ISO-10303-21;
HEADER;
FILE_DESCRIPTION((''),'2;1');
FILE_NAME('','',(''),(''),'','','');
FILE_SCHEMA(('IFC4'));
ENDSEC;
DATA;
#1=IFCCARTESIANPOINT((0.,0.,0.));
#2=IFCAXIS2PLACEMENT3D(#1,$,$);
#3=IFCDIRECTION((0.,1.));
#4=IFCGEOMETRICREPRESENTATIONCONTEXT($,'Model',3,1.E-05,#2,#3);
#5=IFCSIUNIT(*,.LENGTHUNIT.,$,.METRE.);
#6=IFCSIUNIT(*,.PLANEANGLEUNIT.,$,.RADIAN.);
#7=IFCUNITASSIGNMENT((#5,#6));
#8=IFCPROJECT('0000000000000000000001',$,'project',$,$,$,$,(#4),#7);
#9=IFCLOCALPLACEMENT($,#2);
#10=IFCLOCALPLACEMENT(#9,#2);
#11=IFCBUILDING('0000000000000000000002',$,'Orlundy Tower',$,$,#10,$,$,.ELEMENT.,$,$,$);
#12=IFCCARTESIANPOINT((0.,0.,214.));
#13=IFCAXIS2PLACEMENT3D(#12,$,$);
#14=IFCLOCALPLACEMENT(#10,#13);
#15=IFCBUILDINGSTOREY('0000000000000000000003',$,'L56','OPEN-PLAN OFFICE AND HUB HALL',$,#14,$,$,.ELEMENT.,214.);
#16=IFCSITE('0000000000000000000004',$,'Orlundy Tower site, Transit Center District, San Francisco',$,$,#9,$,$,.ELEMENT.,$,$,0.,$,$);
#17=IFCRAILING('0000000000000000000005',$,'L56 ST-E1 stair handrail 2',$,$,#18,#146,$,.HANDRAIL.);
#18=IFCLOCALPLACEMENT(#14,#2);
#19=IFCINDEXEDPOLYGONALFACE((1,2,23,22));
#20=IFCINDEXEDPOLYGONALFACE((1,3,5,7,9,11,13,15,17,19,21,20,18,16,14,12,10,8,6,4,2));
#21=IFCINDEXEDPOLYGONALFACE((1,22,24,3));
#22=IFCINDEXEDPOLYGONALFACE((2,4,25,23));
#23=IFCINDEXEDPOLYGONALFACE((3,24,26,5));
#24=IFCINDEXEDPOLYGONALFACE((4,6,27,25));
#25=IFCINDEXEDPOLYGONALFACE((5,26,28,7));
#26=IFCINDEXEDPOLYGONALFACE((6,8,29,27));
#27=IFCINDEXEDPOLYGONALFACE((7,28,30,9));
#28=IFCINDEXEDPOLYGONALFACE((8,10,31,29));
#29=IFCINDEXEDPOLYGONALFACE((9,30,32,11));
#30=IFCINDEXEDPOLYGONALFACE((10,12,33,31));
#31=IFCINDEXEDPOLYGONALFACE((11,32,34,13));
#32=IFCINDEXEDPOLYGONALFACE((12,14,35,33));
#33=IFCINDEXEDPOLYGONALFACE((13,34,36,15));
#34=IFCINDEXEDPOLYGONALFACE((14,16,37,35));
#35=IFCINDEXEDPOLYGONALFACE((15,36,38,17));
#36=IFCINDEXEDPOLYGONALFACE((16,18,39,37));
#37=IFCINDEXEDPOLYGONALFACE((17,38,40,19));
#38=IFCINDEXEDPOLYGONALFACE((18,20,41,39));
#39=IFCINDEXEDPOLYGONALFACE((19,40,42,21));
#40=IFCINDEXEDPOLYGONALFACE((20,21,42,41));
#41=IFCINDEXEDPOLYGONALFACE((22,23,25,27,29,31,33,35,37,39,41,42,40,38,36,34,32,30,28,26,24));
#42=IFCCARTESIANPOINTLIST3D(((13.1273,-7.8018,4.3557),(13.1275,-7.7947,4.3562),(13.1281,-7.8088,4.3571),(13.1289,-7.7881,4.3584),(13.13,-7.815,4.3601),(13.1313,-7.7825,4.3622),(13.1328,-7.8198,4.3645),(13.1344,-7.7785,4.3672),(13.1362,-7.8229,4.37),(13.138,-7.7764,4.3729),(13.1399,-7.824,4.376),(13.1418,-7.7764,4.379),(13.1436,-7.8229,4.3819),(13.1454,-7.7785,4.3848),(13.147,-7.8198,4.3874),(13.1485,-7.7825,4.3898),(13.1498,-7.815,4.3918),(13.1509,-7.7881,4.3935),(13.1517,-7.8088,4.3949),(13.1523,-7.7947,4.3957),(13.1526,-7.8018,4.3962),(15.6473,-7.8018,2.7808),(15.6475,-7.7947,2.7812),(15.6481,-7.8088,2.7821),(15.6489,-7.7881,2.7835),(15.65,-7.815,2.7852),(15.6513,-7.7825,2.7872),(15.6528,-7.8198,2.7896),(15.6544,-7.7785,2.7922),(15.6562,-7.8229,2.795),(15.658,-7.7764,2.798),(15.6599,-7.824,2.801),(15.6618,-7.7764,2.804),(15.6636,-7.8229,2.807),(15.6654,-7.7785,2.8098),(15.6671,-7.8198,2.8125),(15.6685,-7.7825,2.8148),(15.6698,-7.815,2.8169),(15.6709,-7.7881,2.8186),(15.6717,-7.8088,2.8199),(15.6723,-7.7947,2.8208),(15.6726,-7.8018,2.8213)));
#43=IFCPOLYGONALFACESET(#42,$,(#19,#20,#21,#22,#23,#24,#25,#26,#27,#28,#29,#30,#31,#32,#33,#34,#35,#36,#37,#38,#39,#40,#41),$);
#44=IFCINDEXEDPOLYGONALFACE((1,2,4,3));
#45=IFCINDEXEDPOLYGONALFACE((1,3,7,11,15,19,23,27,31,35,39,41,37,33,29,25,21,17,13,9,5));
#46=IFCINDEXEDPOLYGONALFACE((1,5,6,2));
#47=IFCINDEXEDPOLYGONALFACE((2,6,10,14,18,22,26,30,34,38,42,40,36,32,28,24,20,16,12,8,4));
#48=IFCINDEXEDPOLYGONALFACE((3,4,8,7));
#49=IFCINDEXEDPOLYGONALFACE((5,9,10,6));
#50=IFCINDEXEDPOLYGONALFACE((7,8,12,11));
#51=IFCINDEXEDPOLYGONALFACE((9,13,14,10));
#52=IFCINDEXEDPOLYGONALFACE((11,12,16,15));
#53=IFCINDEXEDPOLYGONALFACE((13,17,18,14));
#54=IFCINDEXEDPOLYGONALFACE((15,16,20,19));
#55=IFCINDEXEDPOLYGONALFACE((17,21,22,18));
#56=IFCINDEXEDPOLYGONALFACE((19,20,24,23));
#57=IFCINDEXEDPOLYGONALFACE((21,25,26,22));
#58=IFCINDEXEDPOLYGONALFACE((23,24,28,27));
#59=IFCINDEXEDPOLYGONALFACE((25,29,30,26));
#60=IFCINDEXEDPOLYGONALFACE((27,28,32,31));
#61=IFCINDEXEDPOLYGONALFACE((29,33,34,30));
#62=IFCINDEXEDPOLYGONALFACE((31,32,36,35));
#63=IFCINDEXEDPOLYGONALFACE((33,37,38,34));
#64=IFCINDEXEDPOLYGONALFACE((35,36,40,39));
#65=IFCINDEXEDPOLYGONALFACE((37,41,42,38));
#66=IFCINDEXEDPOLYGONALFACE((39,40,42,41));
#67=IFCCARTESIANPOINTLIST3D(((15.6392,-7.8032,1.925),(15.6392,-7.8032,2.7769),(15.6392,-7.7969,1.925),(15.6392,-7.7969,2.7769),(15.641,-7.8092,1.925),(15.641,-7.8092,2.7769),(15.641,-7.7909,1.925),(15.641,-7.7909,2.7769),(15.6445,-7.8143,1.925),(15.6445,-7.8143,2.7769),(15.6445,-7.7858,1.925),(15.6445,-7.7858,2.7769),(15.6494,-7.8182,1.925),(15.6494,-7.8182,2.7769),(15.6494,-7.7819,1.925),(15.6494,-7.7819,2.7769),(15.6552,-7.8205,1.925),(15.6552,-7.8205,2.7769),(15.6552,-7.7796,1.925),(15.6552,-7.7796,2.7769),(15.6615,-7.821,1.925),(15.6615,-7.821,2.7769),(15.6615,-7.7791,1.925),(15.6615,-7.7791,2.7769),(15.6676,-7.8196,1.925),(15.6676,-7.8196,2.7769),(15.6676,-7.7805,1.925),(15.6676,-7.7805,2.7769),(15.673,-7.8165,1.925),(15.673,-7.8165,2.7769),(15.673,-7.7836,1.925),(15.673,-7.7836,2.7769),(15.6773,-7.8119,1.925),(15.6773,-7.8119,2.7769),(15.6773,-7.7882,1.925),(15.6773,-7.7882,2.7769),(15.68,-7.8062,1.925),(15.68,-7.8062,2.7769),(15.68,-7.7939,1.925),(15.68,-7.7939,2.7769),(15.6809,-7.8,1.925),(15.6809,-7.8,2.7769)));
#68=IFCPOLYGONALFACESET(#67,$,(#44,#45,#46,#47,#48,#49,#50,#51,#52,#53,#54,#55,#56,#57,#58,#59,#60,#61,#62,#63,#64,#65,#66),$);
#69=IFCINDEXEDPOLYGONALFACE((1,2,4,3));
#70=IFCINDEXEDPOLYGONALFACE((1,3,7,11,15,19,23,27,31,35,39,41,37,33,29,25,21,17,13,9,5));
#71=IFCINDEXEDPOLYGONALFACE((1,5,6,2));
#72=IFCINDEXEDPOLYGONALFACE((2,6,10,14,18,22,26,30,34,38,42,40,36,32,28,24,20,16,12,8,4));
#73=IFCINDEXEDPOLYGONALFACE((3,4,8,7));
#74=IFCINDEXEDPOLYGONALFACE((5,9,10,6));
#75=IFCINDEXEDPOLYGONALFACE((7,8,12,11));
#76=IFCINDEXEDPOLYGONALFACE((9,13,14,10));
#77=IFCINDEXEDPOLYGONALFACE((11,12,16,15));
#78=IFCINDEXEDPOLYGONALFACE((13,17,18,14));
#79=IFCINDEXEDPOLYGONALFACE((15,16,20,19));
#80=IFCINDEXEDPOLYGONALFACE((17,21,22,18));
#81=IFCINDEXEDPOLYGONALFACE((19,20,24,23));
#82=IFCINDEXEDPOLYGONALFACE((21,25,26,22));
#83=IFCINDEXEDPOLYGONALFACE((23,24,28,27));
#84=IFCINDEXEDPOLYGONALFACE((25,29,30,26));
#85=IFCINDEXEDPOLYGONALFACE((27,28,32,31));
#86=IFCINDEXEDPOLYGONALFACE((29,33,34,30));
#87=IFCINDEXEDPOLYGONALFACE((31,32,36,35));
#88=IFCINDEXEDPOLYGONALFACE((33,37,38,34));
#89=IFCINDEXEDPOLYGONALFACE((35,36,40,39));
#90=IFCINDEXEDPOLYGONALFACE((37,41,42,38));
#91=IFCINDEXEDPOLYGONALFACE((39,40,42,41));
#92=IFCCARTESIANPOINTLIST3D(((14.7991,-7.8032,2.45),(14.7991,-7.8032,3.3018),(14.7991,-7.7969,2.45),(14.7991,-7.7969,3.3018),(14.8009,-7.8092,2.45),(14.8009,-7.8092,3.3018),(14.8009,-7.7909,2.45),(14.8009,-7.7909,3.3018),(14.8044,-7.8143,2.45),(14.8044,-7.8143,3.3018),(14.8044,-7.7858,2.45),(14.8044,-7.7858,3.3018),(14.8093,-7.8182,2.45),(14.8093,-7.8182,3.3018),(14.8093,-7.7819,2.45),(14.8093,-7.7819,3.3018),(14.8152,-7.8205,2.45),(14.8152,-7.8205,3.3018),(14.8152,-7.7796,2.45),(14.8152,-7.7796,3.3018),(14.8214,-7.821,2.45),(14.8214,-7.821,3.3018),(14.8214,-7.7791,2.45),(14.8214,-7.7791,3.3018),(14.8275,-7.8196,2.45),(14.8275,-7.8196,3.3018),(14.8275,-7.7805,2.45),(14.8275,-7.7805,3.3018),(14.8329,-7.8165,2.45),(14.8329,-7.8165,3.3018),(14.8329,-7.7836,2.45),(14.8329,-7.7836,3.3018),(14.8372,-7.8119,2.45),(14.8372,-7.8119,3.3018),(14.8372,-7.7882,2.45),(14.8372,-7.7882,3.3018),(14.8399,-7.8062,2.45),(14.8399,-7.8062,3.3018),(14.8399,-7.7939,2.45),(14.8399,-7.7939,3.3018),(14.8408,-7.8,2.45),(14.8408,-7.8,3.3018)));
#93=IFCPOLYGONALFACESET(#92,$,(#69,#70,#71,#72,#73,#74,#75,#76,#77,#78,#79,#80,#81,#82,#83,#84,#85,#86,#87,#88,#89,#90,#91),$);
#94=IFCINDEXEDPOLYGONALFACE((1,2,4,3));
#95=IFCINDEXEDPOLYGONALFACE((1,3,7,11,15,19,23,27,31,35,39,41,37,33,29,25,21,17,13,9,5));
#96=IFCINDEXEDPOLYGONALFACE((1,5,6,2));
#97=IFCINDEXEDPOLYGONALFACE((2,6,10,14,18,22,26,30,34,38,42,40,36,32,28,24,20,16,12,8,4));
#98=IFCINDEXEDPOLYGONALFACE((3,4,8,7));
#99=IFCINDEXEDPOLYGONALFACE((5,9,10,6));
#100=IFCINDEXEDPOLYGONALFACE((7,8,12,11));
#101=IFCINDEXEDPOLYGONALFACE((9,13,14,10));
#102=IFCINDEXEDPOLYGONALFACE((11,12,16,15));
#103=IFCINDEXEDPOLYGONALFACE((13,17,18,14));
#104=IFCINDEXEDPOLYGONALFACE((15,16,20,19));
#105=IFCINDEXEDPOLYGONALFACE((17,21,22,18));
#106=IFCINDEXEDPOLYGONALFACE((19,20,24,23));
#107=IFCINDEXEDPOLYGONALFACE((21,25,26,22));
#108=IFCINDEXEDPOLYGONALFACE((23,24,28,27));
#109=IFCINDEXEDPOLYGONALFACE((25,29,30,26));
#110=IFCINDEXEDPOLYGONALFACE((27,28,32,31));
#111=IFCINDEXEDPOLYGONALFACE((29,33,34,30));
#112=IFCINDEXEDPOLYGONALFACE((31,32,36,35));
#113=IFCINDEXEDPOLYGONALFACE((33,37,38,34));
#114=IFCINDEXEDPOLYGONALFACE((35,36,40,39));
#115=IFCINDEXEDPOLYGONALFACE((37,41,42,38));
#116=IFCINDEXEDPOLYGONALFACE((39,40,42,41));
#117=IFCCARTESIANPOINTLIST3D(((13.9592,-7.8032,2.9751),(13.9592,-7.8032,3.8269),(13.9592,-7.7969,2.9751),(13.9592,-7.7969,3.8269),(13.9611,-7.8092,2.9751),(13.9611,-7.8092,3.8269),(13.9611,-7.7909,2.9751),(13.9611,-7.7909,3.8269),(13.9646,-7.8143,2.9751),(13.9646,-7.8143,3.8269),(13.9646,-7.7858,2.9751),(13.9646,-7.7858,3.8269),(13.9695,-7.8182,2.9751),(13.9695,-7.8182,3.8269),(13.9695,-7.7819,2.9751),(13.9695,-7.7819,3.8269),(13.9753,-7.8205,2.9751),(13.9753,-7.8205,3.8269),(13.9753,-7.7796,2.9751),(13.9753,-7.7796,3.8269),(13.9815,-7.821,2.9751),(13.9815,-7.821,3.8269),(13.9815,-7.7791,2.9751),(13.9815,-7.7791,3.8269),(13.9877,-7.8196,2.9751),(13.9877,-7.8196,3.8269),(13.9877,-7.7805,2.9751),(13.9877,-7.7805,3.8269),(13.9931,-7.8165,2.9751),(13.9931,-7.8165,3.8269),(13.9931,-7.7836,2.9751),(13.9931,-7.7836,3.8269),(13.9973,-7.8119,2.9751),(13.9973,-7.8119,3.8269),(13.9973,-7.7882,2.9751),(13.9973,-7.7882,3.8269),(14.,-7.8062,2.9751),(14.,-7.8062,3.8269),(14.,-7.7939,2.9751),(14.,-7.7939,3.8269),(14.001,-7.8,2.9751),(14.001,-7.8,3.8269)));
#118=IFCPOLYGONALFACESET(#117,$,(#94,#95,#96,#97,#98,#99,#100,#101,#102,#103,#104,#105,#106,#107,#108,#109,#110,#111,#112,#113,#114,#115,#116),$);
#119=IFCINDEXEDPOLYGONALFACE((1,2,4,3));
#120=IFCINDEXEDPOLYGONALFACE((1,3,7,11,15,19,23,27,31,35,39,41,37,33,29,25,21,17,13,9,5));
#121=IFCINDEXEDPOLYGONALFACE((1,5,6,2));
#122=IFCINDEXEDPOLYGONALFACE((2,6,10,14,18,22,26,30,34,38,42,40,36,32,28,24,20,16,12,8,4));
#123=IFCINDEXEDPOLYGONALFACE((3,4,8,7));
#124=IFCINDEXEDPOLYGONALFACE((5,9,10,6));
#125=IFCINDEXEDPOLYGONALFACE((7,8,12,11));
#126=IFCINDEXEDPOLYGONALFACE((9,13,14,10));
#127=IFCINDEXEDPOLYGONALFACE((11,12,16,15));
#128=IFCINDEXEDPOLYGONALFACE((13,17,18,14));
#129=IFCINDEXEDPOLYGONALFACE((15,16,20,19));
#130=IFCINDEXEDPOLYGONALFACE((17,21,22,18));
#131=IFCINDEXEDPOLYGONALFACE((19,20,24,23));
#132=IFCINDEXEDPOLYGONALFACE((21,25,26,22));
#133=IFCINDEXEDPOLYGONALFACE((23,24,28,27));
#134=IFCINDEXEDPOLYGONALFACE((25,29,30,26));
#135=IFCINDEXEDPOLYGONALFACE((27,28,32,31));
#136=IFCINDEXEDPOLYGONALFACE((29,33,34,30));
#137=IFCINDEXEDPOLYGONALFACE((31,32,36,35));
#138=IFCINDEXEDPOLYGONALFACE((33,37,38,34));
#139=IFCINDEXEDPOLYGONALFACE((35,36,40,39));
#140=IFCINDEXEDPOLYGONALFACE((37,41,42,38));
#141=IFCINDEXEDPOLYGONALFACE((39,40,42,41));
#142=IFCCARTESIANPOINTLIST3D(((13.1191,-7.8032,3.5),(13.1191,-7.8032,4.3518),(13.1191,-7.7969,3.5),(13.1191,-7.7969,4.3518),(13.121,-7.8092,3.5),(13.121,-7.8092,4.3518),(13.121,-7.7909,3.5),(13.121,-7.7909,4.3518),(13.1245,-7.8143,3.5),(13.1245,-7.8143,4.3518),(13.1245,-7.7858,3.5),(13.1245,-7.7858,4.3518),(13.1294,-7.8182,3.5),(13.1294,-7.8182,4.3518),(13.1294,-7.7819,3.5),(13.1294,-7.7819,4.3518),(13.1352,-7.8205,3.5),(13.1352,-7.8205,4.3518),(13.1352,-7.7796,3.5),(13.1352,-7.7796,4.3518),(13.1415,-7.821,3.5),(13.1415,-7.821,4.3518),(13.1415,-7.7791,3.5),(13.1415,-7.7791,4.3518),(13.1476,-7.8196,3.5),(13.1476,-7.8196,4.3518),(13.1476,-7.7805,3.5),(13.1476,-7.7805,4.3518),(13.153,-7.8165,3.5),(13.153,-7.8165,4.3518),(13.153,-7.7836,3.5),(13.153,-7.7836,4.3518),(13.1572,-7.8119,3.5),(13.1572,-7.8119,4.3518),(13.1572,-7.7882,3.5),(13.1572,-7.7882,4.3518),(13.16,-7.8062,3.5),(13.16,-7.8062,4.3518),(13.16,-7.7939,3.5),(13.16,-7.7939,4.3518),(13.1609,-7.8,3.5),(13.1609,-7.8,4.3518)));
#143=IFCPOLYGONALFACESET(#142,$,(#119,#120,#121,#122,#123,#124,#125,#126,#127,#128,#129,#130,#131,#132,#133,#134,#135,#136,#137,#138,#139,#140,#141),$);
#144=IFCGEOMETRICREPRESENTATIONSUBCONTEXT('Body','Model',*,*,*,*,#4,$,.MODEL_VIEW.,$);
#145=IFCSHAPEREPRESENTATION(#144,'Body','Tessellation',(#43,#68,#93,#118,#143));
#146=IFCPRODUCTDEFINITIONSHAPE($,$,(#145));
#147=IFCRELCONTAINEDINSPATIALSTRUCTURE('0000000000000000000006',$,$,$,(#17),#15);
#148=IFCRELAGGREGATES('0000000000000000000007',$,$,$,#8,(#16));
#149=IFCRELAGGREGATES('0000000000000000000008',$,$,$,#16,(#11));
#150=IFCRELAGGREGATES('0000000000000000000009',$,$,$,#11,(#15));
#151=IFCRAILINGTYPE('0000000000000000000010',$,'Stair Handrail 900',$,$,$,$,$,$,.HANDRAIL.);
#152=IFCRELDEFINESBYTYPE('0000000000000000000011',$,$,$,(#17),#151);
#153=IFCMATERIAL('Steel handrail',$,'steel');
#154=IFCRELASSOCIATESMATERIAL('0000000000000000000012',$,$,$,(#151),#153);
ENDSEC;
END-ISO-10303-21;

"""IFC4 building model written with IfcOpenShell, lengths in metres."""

from ifc_helpers import new_model, si_unit, direction, frame, origin, origin_2d, place, context, subcontext, project, spatial, circle, extrude, material, type_object, element, save


model = new_model("IFC4")

# Units and contexts
model_context = context("Model", 3, precision=1e-05, world=origin(), true_north=direction((0.0, 1.0)))
body_context = subcontext(model_context, "Body", "Model", "MODEL_VIEW")
ifc_project = project(units=[si_unit("LENGTHUNIT", "METRE"), si_unit("PLANEANGLEUNIT", "RADIAN")], contexts=[model_context])

# Site, building, storey
site_placement = place(None, origin())
site = spatial("IfcSite", under=ifc_project, at=site_placement, Name="Orlundy Tower site, Transit Center District, San Francisco", CompositionType="ELEMENT", RefElevation=0.0)
building_placement = place(site_placement, origin())
building = spatial("IfcBuilding", under=site, at=building_placement, Name="Orlundy Tower", CompositionType="ELEMENT")
storey_placement = place(building_placement, frame((0.0, 0.0, 214.0)))
storey = spatial("IfcBuildingStorey", under=building, at=storey_placement, Name="L56", Description="OPEN-PLAN OFFICE AND HUB HALL", CompositionType="ELEMENT", Elevation=214.0)

# Railing
ifc_material_1 = material(Name="Steel handrail", Category="steel")
railing_type_1 = type_object("IfcRailingType", Name="Stair Handrail 900", PredefinedType="HANDRAIL", material=ifc_material_1)
railing_1_placement = place(storey_placement, frame((15.6599, -7.8, 1.925)))
element("IfcRailing", 1, at=railing_1_placement, inside=storey, type_object=railing_type_1, Name="L56 ST-E1 stair handrail 2", PredefinedType="HANDRAIL", context=body_context, shape_type="SweptSolid", body=[
    extrude(circle(Radius=0.0239, at=origin_2d()), frame((0.0, 0.0, 0.876), z_axis=(-0.848008, 0.0, 0.529984), x_axis=(0.0, -1.0, 0.0)), (0.0, 0.0, 1.0), 2.9717),
    extrude(circle(Radius=0.021, at=origin_2d()), origin(), (0.0, 0.0, 1.0), 0.8518),
    extrude(circle(Radius=0.021, at=origin_2d()), frame((-0.8401, 0.0, 0.5249)), (0.0, 0.0, 1.0), 0.8518),
    extrude(circle(Radius=0.021, at=origin_2d()), frame((-1.6799, 0.0, 1.05)), (0.0, 0.0, 1.0), 0.8518),
    extrude(circle(Radius=0.021, at=origin_2d()), frame((-2.52, 0.0, 1.575)), (0.0, 0.0, 1.0), 0.8518),
])

save(model, "model.ifc")
